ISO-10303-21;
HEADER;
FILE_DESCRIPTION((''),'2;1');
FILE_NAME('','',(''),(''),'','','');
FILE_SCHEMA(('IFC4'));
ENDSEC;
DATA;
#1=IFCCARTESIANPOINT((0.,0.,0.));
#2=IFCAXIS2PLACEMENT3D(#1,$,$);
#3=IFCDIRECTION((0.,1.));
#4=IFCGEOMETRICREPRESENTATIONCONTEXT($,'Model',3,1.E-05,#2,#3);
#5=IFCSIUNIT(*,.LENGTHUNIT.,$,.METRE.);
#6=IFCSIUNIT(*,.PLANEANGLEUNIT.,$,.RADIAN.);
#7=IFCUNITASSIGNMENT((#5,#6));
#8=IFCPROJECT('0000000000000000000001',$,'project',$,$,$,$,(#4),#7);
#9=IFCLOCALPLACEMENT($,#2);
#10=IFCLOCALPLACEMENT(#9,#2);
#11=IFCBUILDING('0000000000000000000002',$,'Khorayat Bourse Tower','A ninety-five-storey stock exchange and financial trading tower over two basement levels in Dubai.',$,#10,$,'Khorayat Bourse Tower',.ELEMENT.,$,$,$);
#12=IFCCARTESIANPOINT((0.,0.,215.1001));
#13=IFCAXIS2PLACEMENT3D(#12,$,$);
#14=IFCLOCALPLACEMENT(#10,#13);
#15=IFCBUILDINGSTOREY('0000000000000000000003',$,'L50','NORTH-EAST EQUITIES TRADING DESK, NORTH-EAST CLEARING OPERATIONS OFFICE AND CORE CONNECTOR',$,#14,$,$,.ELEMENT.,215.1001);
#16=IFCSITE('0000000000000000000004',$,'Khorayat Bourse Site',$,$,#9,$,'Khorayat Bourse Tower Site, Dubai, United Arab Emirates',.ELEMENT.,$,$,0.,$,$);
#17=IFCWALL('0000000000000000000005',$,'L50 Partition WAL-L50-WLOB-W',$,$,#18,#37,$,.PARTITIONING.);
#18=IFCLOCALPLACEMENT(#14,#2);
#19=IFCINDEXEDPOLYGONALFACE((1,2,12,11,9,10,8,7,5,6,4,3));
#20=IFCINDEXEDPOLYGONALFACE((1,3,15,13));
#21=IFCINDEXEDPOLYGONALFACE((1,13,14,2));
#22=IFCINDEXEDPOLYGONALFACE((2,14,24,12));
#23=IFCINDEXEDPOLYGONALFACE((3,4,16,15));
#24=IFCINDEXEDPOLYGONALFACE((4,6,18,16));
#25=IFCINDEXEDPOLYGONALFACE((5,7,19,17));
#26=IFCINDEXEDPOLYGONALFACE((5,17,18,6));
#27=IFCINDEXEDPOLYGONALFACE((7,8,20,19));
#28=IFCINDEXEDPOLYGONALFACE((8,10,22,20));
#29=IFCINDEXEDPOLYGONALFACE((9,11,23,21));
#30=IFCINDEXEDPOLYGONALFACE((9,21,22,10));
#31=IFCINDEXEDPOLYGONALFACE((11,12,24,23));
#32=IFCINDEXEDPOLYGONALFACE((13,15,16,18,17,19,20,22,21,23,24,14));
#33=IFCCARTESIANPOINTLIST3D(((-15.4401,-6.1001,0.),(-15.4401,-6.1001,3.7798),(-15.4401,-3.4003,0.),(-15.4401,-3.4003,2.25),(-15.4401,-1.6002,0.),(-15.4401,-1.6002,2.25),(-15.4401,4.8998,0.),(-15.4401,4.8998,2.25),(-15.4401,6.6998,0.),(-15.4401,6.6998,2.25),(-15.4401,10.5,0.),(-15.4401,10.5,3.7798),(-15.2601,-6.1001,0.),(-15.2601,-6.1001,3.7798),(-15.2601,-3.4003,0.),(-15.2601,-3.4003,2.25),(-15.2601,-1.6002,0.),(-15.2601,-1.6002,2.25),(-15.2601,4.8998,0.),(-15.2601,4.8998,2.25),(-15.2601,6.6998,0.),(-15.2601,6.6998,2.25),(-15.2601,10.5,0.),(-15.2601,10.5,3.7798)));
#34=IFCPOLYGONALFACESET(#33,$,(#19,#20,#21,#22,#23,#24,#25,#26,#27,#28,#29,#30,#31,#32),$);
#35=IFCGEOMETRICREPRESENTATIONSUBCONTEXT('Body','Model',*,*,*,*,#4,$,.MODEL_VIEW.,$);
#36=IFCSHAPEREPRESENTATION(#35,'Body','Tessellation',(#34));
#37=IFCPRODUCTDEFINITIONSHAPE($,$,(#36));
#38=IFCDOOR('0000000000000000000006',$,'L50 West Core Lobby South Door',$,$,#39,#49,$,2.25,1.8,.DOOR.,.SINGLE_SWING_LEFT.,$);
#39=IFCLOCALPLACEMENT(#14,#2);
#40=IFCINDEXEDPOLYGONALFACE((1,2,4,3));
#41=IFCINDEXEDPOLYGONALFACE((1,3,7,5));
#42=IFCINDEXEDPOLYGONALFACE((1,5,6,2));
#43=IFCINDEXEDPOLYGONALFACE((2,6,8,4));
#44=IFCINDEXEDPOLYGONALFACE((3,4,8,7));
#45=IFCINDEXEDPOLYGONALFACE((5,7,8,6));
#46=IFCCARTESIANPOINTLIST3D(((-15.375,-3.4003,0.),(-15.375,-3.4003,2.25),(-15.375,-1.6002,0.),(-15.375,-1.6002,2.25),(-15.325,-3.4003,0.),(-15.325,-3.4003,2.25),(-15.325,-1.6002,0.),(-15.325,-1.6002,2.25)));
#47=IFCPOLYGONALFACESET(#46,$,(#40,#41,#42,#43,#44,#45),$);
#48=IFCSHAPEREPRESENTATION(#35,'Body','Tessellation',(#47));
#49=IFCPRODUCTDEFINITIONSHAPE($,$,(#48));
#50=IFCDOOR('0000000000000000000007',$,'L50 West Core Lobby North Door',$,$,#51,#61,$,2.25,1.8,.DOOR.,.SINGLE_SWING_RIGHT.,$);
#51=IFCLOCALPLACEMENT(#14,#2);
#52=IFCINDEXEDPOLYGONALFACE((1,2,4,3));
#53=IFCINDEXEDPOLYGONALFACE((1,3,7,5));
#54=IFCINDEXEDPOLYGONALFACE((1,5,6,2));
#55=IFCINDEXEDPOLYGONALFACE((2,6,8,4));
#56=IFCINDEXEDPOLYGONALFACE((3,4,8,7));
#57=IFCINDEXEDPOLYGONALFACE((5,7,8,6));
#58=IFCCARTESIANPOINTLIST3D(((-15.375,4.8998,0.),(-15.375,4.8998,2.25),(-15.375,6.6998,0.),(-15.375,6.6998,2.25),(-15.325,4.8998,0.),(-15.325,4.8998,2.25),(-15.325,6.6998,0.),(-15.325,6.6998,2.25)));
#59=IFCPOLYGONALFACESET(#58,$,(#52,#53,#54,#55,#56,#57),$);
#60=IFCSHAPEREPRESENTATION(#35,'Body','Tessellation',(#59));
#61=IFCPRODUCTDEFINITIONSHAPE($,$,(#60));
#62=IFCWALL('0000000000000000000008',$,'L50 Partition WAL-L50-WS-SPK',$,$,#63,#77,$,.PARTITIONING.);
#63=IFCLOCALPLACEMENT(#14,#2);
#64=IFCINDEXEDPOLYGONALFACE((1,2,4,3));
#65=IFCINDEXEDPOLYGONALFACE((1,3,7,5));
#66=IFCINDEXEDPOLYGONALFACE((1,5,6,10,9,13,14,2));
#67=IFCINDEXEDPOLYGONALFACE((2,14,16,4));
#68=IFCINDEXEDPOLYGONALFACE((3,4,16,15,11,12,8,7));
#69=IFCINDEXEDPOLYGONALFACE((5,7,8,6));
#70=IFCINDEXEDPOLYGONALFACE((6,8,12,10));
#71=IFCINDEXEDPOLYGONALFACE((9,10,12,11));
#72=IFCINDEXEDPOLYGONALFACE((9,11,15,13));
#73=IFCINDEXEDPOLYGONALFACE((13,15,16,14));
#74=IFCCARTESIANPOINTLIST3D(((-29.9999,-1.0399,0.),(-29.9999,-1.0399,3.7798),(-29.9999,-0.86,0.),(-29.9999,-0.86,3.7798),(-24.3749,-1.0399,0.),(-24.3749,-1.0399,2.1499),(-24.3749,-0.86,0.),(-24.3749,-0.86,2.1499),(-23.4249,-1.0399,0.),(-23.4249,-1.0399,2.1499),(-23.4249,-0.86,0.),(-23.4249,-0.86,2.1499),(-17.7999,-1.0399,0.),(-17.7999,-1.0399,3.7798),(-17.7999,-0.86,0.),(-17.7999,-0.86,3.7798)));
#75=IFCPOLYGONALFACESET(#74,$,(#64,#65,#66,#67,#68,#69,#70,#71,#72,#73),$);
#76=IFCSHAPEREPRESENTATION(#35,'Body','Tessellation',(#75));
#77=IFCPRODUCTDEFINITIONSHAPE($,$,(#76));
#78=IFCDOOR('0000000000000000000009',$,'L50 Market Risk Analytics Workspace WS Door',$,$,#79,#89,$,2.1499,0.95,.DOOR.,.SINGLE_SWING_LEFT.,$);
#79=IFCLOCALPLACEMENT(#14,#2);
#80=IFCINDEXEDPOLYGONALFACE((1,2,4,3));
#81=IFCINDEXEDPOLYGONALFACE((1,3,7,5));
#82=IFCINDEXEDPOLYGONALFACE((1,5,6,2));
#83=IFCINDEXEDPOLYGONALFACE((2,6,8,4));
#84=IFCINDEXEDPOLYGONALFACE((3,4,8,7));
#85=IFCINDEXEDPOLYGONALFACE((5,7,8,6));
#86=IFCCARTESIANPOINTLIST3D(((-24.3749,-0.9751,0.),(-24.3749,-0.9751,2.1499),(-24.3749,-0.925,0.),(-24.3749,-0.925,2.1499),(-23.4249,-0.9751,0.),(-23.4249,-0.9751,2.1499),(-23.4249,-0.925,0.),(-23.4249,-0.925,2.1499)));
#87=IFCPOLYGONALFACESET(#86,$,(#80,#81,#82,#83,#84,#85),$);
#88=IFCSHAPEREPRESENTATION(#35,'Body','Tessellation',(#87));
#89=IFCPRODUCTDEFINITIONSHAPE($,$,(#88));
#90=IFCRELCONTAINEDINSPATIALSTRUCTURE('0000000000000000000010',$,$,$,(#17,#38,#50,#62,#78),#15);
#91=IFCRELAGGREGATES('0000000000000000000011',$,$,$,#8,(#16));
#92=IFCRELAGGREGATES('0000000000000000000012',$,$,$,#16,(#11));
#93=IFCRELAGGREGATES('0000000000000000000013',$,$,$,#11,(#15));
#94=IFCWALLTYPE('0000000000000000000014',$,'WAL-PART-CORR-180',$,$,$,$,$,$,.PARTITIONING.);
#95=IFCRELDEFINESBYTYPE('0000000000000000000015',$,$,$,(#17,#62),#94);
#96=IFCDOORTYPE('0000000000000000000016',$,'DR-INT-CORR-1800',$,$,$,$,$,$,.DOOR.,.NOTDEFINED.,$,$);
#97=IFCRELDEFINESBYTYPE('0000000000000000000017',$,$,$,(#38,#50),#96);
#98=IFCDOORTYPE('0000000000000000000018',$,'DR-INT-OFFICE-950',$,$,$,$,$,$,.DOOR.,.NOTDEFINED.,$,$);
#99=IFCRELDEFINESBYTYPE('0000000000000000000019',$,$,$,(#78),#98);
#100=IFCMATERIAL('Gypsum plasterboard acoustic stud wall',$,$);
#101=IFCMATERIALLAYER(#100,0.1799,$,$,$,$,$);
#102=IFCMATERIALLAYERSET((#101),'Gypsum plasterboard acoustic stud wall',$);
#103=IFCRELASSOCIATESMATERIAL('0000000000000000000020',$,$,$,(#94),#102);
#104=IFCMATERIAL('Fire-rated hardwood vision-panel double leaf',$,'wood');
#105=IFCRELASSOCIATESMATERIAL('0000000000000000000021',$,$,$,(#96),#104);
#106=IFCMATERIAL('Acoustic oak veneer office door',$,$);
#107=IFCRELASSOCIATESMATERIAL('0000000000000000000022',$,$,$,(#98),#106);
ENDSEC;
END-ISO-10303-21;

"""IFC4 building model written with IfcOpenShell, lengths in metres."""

from ifc_helpers import new_model, si_unit, direction, frame, frame_2d, origin, place, context, subcontext, project, spatial, rectangle, extrude, source, transform, mapped, material, layer, layer_set, type_object, element, fill, save


model = new_model("IFC4")

# Units and contexts
model_context = context("Model", 3, precision=1e-05, world=origin(), true_north=direction((0.0, 1.0)))
body_context = subcontext(model_context, "Body", "Model", "MODEL_VIEW")
ifc_project = project(units=[si_unit("LENGTHUNIT", "METRE"), si_unit("PLANEANGLEUNIT", "RADIAN")], contexts=[model_context])

# Site, building, storey
site_placement = place(None, origin())
site = spatial("IfcSite", under=ifc_project, at=site_placement, Name="Khorayat Bourse Site", LongName="Khorayat Bourse Tower Site, Dubai, United Arab Emirates", CompositionType="ELEMENT", RefElevation=0.0)
building_placement = place(site_placement, origin())
building = spatial("IfcBuilding", under=site, at=building_placement, Name="Khorayat Bourse Tower", Description="A ninety-five-storey stock exchange and financial trading tower over two basement levels in Dubai.", LongName="Khorayat Bourse Tower", CompositionType="ELEMENT")
storey_placement = place(building_placement, frame((0.0, 0.0, 215.1001)))
storey = spatial("IfcBuildingStorey", under=building, at=storey_placement, Name="L50", Description="NORTH-EAST EQUITIES TRADING DESK, NORTH-EAST CLEARING OPERATIONS OFFICE AND CORE CONNECTOR", CompositionType="ELEMENT", Elevation=215.1001)

# Wall, openings, doors
ifc_material_1 = material(Name="Gypsum plasterboard acoustic stud wall")
ifc_layer_1 = layer(ifc_material_1, 0.1799)
ifc_layer_set_1 = layer_set([ifc_layer_1], Name="Gypsum plasterboard acoustic stud wall")
wall_type_1 = type_object("IfcWallType", Name="WAL-PART-CORR-180", PredefinedType="PARTITIONING", material=ifc_layer_set_1)
shared_shape_1 = source(origin(), body_context, "Body", "SweptSolid", [
    extrude(rectangle(XDim=16.6001, YDim=0.1799, at=frame_2d((8.3, 0.0))), origin(), (0.0, 0.0, 1.0), 3.7798),
])
wall_1_placement = place(storey_placement, frame((-15.3501, -6.1001, 0.0), z_axis=(0.0, 0.0, 1.0), x_axis=(0.0, 1.0, 0.0)))
wall_1 = element("IfcWall", 1, at=wall_1_placement, inside=storey, type_object=wall_type_1, Name="L50 Partition WAL-L50-WLOB-W", PredefinedType="PARTITIONING", context=body_context, shape_type="MappedRepresentation", body=[
    mapped(shared_shape_1, transform((0.0, 0.0, 0.0), scale=1.0)),
])
shared_shape_2 = source(origin(), body_context, "Body", "SweptSolid", [
    extrude(rectangle(XDim=1.8, YDim=2.25, at=frame_2d((0.8999, 1.125))), frame((0.0, 0.0999, 0.0), z_axis=(0.0, -1.0, 0.0), x_axis=(1.0, 0.0, 0.0)), (0.0, 0.0, 1.0), 0.2),
])
opening_1_placement = place(wall_1_placement, frame((2.7, 0.0, 0.0)))
opening_1 = element("IfcOpeningElement", 2, at=opening_1_placement, cuts=wall_1, PredefinedType="OPENING", context=body_context, shape_type="MappedRepresentation", body=[
    mapped(shared_shape_2, transform((0.0, 0.0, 0.0), scale=1.0)),
])
opening_2_placement = place(wall_1_placement, frame((11.0, 0.0, 0.0)))
opening_2 = element("IfcOpeningElement", 3, at=opening_2_placement, cuts=wall_1, PredefinedType="OPENING", context=body_context, shape_type="MappedRepresentation", body=[
    mapped(shared_shape_2, transform((0.0, 0.0, 0.0), scale=1.0)),
])
ifc_material_2 = material(Name="Fire-rated hardwood vision-panel double leaf", Category="wood")
door_type_1 = type_object("IfcDoorType", Name="DR-INT-CORR-1800", OperationType="NOTDEFINED", PredefinedType="DOOR", material=ifc_material_2)
shared_shape_3 = source(origin(), body_context, "Body", "SweptSolid", [
    extrude(rectangle(XDim=1.8, YDim=2.25, at=frame_2d((0.8999, 1.125))), frame((0.0, 0.0249, 0.0), z_axis=(0.0, -1.0, 0.0), x_axis=(1.0, 0.0, 0.0)), (0.0, 0.0, 1.0), 0.05),
])
door_1_placement = place(opening_1_placement, origin())
door_1 = element("IfcDoor", 4, at=door_1_placement, inside=storey, type_object=door_type_1, Name="L50 West Core Lobby South Door", OperationType="SINGLE_SWING_LEFT", OverallHeight=2.25, OverallWidth=1.8, PredefinedType="DOOR", context=body_context, shape_type="MappedRepresentation", body=[
    mapped(shared_shape_3, transform((0.0, 0.0, 0.0), scale=1.0)),
])
fill(opening_1, door_1)
door_2_placement = place(opening_2_placement, origin())
door_2 = element("IfcDoor", 5, at=door_2_placement, inside=storey, type_object=door_type_1, Name="L50 West Core Lobby North Door", OperationType="SINGLE_SWING_RIGHT", OverallHeight=2.25, OverallWidth=1.8, PredefinedType="DOOR", context=body_context, shape_type="MappedRepresentation", body=[
    mapped(shared_shape_3, transform((0.0, 0.0, 0.0), scale=1.0)),
])
fill(opening_2, door_2)

# Wall, opening, door
shared_shape_4 = source(origin(), body_context, "Body", "SweptSolid", [
    extrude(rectangle(XDim=12.2, YDim=0.1799, at=frame_2d((6.1001, 0.0))), origin(), (0.0, 0.0, 1.0), 3.7798),
])
wall_2_placement = place(storey_placement, frame((-30.0, -0.95, 0.0), z_axis=(0.0, 0.0, 1.0), x_axis=(1.0, 0.0, 0.0)))
wall_2 = element("IfcWall", 6, at=wall_2_placement, inside=storey, type_object=wall_type_1, Name="L50 Partition WAL-L50-WS-SPK", PredefinedType="PARTITIONING", context=body_context, shape_type="MappedRepresentation", body=[
    mapped(shared_shape_4, transform((0.0, 0.0, 0.0), scale=1.0)),
])
shared_shape_5 = source(origin(), body_context, "Body", "SweptSolid", [
    extrude(rectangle(XDim=0.95, YDim=2.1499, at=frame_2d((0.4751, 1.075))), frame((0.0, 0.0999, 0.0), z_axis=(0.0, -1.0, 0.0), x_axis=(1.0, 0.0, 0.0)), (0.0, 0.0, 1.0), 0.2),
])
opening_3_placement = place(wall_2_placement, frame((5.625, 0.0, 0.0)))
opening_3 = element("IfcOpeningElement", 7, at=opening_3_placement, cuts=wall_2, PredefinedType="OPENING", context=body_context, shape_type="MappedRepresentation", body=[
    mapped(shared_shape_5, transform((0.0, 0.0, 0.0), scale=1.0)),
])
ifc_material_3 = material(Name="Acoustic oak veneer office door")
door_type_2 = type_object("IfcDoorType", Name="DR-INT-OFFICE-950", OperationType="NOTDEFINED", PredefinedType="DOOR", material=ifc_material_3)
shared_shape_6 = source(origin(), body_context, "Body", "SweptSolid", [
    extrude(rectangle(XDim=0.95, YDim=2.1499, at=frame_2d((0.4751, 1.075))), frame((0.0, 0.0249, 0.0), z_axis=(0.0, -1.0, 0.0), x_axis=(1.0, 0.0, 0.0)), (0.0, 0.0, 1.0), 0.05),
])
door_3_placement = place(opening_3_placement, origin())
door_3 = element("IfcDoor", 8, at=door_3_placement, inside=storey, type_object=door_type_2, Name="L50 Market Risk Analytics Workspace WS Door", OperationType="SINGLE_SWING_LEFT", OverallHeight=2.1499, OverallWidth=0.95, PredefinedType="DOOR", context=body_context, shape_type="MappedRepresentation", body=[
    mapped(shared_shape_6, transform((0.0, 0.0, 0.0), scale=1.0)),
])
fill(opening_3, door_3)

save(model, "model.ifc")
